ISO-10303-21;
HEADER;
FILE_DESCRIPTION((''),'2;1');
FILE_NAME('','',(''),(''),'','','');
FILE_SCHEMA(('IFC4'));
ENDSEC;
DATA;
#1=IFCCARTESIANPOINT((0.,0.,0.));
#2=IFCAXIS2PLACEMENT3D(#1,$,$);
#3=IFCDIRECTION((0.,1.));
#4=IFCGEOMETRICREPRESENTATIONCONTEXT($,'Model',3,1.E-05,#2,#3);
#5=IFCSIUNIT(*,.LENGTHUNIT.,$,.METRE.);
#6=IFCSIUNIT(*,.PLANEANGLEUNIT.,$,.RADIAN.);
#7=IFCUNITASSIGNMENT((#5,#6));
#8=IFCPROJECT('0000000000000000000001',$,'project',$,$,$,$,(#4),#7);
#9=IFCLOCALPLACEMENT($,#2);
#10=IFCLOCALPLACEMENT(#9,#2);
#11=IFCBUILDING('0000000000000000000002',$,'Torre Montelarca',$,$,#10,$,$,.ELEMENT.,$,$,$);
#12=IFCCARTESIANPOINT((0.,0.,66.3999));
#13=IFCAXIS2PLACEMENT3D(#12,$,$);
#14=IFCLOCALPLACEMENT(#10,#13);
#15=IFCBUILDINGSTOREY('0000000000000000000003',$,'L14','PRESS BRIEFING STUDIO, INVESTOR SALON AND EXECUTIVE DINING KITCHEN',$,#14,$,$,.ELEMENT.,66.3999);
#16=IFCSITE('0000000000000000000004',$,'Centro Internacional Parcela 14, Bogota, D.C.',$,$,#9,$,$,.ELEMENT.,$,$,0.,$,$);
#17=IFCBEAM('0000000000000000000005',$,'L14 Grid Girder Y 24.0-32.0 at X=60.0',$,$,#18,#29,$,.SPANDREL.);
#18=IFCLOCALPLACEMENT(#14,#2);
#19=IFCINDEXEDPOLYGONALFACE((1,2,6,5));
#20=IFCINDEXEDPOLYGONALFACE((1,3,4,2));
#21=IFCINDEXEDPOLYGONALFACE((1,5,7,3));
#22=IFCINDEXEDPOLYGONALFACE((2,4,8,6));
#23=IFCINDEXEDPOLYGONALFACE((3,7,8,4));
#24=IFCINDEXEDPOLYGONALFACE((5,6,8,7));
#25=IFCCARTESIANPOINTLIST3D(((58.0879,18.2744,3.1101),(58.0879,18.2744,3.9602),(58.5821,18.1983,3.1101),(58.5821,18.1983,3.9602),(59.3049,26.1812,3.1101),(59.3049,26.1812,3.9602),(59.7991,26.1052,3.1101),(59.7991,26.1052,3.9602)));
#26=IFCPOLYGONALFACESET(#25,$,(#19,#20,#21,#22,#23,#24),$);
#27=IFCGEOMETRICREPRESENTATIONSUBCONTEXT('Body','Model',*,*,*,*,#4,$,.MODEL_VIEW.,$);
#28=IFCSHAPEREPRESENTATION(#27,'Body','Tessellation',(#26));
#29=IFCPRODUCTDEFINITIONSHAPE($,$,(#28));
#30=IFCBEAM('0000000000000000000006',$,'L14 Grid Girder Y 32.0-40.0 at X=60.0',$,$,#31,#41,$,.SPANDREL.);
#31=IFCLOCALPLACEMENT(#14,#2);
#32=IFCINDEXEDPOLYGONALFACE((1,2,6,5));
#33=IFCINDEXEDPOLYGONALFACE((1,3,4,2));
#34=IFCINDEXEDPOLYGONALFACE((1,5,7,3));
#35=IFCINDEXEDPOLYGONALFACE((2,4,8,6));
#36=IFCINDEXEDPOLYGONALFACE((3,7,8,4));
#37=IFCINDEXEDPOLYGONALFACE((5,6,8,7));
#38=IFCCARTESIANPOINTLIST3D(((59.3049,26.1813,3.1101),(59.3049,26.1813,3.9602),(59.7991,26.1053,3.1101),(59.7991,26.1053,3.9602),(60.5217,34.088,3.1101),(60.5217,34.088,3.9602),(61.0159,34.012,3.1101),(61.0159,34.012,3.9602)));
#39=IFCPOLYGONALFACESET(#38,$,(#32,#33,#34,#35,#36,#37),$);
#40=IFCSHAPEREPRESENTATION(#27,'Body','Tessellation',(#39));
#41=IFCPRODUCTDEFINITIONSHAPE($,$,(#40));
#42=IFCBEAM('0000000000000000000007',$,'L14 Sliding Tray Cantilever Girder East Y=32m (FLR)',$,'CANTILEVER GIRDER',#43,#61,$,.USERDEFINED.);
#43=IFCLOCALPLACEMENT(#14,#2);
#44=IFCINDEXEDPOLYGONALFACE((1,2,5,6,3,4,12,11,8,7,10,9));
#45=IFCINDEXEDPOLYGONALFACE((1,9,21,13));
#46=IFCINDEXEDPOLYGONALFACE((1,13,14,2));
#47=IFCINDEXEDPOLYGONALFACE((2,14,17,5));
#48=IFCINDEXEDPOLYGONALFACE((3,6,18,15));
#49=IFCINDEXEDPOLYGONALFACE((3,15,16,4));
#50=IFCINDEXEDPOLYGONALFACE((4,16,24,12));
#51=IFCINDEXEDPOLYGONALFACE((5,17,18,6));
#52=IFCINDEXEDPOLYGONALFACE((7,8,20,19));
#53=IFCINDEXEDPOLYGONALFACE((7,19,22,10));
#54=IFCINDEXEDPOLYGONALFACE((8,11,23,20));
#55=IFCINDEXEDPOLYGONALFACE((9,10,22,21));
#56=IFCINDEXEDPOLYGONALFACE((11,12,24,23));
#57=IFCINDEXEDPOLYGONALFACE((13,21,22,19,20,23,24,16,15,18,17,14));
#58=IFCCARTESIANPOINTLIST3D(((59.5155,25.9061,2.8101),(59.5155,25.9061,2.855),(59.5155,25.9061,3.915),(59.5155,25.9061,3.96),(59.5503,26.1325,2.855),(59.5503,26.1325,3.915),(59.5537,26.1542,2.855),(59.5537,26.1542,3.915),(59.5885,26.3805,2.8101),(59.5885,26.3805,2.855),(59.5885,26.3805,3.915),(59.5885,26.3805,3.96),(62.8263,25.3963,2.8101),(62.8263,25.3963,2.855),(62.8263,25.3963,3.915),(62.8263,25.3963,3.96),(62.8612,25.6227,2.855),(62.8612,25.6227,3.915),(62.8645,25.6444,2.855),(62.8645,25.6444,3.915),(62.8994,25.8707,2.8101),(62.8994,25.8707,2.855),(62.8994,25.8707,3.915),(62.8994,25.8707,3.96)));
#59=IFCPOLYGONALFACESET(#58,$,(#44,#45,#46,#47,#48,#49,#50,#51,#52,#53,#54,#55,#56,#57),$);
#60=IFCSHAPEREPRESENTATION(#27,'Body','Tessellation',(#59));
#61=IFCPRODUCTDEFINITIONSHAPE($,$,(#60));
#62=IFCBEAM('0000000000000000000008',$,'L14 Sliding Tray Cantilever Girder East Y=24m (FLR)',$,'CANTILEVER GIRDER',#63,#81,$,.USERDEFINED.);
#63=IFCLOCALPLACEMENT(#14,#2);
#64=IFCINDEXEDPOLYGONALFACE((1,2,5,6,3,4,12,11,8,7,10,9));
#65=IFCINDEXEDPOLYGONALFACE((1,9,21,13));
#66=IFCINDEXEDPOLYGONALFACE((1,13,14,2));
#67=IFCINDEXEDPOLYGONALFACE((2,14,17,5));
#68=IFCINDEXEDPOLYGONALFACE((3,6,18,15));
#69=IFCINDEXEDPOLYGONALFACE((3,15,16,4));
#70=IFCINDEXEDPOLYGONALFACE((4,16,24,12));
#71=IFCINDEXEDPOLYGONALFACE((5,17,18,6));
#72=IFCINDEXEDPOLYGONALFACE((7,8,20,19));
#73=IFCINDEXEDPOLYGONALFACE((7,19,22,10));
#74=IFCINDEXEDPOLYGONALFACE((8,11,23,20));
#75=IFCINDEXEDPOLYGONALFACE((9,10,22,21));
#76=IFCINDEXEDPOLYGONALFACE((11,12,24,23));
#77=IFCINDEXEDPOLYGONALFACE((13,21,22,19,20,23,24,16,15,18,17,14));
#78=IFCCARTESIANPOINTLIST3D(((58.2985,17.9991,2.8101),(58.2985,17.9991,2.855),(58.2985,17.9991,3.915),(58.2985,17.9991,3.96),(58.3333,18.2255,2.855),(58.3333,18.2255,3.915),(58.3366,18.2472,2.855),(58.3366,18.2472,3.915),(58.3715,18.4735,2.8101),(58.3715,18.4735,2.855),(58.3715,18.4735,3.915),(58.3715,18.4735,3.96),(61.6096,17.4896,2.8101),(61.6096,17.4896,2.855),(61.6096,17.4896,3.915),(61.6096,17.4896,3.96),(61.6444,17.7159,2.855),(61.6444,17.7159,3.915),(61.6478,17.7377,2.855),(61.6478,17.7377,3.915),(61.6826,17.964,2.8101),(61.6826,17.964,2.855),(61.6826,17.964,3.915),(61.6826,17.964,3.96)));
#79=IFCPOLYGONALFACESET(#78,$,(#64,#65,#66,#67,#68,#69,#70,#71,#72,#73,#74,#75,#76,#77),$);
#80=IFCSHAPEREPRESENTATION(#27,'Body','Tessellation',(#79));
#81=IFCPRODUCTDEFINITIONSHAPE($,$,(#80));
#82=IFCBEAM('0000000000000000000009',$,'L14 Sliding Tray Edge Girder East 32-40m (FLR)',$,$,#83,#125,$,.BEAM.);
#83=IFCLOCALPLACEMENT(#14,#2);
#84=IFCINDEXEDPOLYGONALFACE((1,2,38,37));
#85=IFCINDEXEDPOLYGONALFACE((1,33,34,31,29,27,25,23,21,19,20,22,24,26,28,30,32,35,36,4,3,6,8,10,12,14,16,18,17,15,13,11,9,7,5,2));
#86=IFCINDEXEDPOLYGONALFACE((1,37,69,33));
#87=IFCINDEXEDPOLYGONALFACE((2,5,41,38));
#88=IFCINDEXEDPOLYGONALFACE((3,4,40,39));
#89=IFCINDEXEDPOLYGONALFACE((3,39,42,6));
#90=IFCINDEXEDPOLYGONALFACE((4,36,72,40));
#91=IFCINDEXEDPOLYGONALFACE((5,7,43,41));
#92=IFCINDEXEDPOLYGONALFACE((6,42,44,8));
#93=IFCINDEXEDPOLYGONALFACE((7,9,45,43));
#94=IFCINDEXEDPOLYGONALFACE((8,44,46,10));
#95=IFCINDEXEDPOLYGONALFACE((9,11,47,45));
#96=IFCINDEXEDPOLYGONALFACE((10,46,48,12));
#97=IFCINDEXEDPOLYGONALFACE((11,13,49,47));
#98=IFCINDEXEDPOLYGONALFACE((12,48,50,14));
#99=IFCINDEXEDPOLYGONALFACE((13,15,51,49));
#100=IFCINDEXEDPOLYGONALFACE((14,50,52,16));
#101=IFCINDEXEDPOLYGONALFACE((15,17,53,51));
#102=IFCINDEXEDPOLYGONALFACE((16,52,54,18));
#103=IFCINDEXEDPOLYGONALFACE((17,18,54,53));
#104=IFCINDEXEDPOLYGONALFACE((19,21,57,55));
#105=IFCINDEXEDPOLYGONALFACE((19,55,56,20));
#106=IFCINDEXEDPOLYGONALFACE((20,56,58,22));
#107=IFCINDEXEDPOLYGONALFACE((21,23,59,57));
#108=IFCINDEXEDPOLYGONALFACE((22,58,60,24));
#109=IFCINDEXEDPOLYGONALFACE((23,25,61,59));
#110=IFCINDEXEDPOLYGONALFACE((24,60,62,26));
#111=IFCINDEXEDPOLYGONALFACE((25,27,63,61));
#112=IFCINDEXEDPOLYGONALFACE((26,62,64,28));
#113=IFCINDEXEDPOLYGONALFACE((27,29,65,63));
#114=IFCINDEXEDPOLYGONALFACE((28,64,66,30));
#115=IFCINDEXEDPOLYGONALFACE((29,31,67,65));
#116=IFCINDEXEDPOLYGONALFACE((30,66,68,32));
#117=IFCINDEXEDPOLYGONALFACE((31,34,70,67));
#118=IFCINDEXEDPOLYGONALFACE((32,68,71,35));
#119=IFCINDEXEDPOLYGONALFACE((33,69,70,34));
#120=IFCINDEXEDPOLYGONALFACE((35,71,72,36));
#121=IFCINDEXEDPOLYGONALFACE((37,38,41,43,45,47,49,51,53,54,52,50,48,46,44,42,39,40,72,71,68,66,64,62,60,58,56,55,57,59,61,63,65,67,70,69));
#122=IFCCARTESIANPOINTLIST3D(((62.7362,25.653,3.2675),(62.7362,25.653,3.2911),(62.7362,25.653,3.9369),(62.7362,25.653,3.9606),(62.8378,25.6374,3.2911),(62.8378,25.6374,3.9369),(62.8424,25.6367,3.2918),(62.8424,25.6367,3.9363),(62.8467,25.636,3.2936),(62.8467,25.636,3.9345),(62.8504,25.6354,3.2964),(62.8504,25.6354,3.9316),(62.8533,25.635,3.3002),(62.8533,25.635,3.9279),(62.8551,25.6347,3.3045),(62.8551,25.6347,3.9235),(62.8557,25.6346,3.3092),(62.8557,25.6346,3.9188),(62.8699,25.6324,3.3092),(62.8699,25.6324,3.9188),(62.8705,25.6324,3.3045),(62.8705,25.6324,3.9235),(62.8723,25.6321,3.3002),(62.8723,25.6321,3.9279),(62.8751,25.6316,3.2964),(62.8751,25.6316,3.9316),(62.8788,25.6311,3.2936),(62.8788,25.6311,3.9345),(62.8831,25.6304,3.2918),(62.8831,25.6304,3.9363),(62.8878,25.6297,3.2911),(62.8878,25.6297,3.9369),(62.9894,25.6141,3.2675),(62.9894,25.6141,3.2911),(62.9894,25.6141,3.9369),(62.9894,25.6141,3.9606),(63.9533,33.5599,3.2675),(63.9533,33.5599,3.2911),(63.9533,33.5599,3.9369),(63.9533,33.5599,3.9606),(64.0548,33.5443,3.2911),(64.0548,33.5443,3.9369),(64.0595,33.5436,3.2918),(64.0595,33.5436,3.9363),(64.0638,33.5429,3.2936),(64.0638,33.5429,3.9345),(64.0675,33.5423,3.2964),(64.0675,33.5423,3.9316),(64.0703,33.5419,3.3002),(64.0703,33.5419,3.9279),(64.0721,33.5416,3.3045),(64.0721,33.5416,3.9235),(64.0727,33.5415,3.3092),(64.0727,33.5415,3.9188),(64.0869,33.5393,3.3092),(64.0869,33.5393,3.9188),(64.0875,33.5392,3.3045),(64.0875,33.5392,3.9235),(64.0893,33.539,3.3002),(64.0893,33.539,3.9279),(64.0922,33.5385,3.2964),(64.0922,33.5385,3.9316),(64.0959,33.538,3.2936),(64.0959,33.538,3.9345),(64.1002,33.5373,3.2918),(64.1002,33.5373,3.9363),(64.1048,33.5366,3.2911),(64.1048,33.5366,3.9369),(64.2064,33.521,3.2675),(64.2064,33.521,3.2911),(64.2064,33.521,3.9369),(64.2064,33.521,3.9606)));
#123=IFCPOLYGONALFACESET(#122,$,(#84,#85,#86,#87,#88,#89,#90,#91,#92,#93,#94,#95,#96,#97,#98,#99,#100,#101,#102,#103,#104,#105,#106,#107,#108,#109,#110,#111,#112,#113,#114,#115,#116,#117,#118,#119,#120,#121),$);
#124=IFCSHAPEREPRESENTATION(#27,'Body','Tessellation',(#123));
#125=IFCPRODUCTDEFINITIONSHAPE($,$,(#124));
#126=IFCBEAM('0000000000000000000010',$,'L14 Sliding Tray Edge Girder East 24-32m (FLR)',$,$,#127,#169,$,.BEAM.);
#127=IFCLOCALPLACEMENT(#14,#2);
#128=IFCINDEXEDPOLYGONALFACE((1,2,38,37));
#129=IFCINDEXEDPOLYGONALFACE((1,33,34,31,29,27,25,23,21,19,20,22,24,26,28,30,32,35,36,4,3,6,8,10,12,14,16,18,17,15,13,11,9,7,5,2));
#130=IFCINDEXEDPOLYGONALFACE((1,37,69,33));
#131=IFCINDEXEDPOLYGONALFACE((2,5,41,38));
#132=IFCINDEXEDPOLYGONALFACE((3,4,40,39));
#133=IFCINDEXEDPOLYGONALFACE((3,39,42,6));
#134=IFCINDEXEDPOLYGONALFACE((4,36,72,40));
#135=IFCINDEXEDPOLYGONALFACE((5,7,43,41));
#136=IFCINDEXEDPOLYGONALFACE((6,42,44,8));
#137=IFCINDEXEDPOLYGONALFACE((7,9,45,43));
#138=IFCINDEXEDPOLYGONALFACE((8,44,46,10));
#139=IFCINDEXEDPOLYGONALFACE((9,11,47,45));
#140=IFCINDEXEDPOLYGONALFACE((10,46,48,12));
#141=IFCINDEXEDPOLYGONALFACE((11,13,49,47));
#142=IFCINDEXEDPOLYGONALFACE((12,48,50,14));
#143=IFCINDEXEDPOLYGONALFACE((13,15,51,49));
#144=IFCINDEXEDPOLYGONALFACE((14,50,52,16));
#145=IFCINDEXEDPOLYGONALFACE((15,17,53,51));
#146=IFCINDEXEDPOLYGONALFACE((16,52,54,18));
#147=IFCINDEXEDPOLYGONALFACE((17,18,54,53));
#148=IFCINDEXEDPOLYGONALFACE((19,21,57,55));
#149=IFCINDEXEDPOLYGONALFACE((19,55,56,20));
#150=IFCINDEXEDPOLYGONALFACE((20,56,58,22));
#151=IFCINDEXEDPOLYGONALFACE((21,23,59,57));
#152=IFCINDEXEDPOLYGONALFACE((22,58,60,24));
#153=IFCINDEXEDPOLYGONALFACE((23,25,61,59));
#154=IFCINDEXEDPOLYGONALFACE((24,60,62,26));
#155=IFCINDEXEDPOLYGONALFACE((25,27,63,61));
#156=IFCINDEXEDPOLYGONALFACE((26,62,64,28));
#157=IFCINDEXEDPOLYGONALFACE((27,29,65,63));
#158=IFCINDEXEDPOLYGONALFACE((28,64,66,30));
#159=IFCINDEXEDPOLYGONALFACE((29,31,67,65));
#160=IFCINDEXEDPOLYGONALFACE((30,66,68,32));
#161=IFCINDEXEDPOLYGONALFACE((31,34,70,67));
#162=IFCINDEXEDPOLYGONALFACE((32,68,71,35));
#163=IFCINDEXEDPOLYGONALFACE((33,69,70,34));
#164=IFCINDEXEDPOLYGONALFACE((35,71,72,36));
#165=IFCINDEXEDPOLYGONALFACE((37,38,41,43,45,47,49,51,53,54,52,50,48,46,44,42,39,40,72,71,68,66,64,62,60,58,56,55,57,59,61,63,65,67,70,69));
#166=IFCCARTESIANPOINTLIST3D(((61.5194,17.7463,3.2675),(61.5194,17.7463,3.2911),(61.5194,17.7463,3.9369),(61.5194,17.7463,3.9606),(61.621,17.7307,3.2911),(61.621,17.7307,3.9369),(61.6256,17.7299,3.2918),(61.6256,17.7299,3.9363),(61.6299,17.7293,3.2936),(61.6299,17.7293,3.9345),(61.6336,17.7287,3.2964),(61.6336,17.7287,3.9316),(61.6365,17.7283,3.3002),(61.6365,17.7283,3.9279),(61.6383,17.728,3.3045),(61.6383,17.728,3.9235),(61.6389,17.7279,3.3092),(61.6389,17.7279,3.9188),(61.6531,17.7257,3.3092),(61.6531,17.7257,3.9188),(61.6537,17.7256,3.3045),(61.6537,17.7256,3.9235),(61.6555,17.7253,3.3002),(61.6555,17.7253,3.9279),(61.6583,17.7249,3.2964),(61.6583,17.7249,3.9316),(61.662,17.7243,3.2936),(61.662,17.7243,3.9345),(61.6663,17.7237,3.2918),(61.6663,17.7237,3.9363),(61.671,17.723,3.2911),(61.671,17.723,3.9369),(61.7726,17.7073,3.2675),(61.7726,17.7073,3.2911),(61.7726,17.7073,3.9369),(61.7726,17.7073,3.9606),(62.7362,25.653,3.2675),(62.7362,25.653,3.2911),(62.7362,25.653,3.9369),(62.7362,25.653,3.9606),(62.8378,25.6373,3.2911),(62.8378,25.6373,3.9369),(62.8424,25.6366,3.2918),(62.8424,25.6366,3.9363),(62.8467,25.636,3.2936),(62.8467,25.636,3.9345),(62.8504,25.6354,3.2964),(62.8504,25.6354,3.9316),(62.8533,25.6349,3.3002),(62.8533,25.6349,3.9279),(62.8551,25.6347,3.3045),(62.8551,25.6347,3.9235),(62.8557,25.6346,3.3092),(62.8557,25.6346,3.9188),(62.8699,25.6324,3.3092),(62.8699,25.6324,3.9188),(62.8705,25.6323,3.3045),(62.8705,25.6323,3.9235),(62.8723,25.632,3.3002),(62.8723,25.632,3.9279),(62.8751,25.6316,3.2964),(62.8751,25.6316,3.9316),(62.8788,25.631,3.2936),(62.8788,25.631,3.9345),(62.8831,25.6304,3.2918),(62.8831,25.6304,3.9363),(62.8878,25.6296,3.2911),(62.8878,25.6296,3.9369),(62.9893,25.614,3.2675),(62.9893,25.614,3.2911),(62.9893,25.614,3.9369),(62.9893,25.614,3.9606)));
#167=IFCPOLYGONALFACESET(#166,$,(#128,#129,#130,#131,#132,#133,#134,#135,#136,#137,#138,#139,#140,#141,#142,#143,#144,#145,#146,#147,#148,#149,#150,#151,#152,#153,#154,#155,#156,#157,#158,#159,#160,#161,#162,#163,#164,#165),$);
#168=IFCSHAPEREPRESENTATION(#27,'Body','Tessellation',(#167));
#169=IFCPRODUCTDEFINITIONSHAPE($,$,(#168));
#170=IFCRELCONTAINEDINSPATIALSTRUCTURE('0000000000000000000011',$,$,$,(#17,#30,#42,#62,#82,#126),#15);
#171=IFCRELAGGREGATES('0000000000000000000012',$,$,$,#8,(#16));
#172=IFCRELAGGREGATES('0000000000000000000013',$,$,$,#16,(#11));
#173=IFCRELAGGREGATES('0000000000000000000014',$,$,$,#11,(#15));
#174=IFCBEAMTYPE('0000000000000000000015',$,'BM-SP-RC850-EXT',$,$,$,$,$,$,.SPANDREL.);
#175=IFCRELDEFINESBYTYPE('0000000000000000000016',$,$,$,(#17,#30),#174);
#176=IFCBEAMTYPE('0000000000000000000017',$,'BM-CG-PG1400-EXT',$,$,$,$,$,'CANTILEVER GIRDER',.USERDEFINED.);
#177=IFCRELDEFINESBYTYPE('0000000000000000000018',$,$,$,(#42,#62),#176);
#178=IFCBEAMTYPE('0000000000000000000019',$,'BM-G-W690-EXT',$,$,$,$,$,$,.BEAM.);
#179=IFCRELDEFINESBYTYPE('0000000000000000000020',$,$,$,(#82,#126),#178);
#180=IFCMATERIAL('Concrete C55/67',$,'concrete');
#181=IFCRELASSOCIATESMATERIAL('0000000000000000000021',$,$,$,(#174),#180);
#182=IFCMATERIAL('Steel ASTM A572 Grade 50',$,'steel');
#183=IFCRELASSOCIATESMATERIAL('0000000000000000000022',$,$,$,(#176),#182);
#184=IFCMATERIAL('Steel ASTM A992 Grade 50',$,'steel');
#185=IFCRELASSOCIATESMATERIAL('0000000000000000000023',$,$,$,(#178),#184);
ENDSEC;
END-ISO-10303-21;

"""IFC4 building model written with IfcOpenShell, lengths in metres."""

from ifc_helpers import new_model, si_unit, direction, frame, origin, origin_2d, place, context, subcontext, project, spatial, rectangle, i_section, extrude, source, transform, mapped, material, material_profile, profile_set, type_object, element, save


model = new_model("IFC4")

# Units and contexts
model_context = context("Model", 3, precision=1e-05, world=origin(), true_north=direction((0.0, 1.0)))
body_context = subcontext(model_context, "Body", "Model", "MODEL_VIEW")
ifc_project = project(units=[si_unit("LENGTHUNIT", "METRE"), si_unit("PLANEANGLEUNIT", "RADIAN")], contexts=[model_context])

# Site, building, storey
site_placement = place(None, origin())
site = spatial("IfcSite", under=ifc_project, at=site_placement, Name="Centro Internacional Parcela 14, Bogota, D.C.", CompositionType="ELEMENT", RefElevation=0.0)
building_placement = place(site_placement, origin())
building = spatial("IfcBuilding", under=site, at=building_placement, Name="Torre Montelarca", CompositionType="ELEMENT")
storey_placement = place(building_placement, frame((0.0, 0.0, 66.3999)))
storey = spatial("IfcBuildingStorey", under=building, at=storey_placement, Name="L14", Description="PRESS BRIEFING STUDIO, INVESTOR SALON AND EXECUTIVE DINING KITCHEN", CompositionType="ELEMENT", Elevation=66.3999)

# Beams
ifc_material_1 = material(Name="Concrete C55/67", Category="concrete")
ifc_material_profile_1 = material_profile(ifc_material_1, rectangle(XDim=0.5, YDim=0.8501, at=origin_2d()), Name="RCB500X850", Category="concrete")
ifc_profile_set_1 = profile_set([ifc_material_profile_1], Name="Concrete C55/67")
beam_type_1 = type_object("IfcBeamType", Name="BM-SP-RC850-EXT", PredefinedType="SPANDREL", material=ifc_profile_set_1)
shared_shape_1 = source(origin(), body_context, "Body", "SweptSolid", [
    extrude(rectangle(XDim=0.5, YDim=0.8501, at=origin_2d()), origin(), (0.0, 0.0, 1.0), 8.0),
])
beam_1_placement = place(storey_placement, frame((58.335, 18.2363, 3.5352), z_axis=(0.152128, 0.988361, 0.0), x_axis=(-0.988361, 0.152128, 0.0)))
element("IfcBeam", 1, at=beam_1_placement, inside=storey, type_object=beam_type_1, Name="L14 Grid Girder Y 24.0-32.0 at X=60.0", PredefinedType="SPANDREL", context=body_context, shape_type="MappedRepresentation", body=[
    mapped(shared_shape_1, transform((0.0, 0.0, 0.0), scale=1.0)),
])
shared_shape_2 = source(origin(), body_context, "Body", "SweptSolid", [
    extrude(rectangle(XDim=0.5, YDim=0.8501, at=origin_2d()), origin(), (0.0, 0.0, 1.0), 7.9998),
])
beam_2_placement = place(storey_placement, frame((59.552, 26.1433, 3.5352), z_axis=(0.152103, 0.988365, 0.0), x_axis=(-0.988365, 0.152103, 0.0)))
element("IfcBeam", 2, at=beam_2_placement, inside=storey, type_object=beam_type_1, Name="L14 Grid Girder Y 32.0-40.0 at X=60.0", PredefinedType="SPANDREL", context=body_context, shape_type="MappedRepresentation", body=[
    mapped(shared_shape_2, transform((0.0, 0.0, 0.0), scale=1.0)),
])
ifc_material_2 = material(Name="Steel ASTM A572 Grade 50", Category="steel")
ifc_material_profile_2 = material_profile(ifc_material_2, i_section(OverallWidth=0.48, OverallDepth=1.1499, WebThickness=0.022, FlangeThickness=0.0449, at=origin_2d()), Name="PG1150X480X22X45", Category="steel")
ifc_profile_set_2 = profile_set([ifc_material_profile_2], Name="Steel ASTM A572 Grade 50")
beam_type_2 = type_object("IfcBeamType", Name="BM-CG-PG1400-EXT", ElementType="CANTILEVER GIRDER", PredefinedType="USERDEFINED", material=ifc_profile_set_2)
shared_shape_3 = source(origin(), body_context, "Body", "SweptSolid", [
    extrude(i_section(OverallWidth=0.48, OverallDepth=1.1499, WebThickness=0.022, FlangeThickness=0.0449, at=origin_2d()), origin(), (0.0, 0.0, 1.0), 3.3499),
])
beam_3_placement = place(storey_placement, frame((59.552, 26.1433, 3.385), z_axis=(0.988353, -0.152178, 0.0), x_axis=(0.152178, 0.988353, 0.0)))
element("IfcBeam", 3, at=beam_3_placement, inside=storey, type_object=beam_type_2, Name="L14 Sliding Tray Cantilever Girder East Y=32m (FLR)", ObjectType="CANTILEVER GIRDER", PredefinedType="USERDEFINED", context=body_context, shape_type="MappedRepresentation", body=[
    mapped(shared_shape_3, transform((0.0, 0.0, 0.0), scale=1.0)),
])
shared_shape_4 = source(origin(), body_context, "Body", "SweptSolid", [
    extrude(i_section(OverallWidth=0.48, OverallDepth=1.1499, WebThickness=0.022, FlangeThickness=0.0449, at=origin_2d()), origin(), (0.0, 0.0, 1.0), 3.3501),
])
beam_4_placement = place(storey_placement, frame((58.335, 18.2363, 3.385), z_axis=(0.988366, -0.152096, 0.0), x_axis=(0.152096, 0.988366, 0.0)))
element("IfcBeam", 4, at=beam_4_placement, inside=storey, type_object=beam_type_2, Name="L14 Sliding Tray Cantilever Girder East Y=24m (FLR)", ObjectType="CANTILEVER GIRDER", PredefinedType="USERDEFINED", context=body_context, shape_type="MappedRepresentation", body=[
    mapped(shared_shape_4, transform((0.0, 0.0, 0.0), scale=1.0)),
])
ifc_material_3 = material(Name="Steel ASTM A992 Grade 50", Category="steel")
ifc_material_profile_3 = material_profile(ifc_material_3, i_section(OverallWidth=0.2561, OverallDepth=0.6931, WebThickness=0.0144, FlangeThickness=0.0237, FilletRadius=0.0181, at=origin_2d()), Name="W690X170", Category="steel")
ifc_profile_set_3 = profile_set([ifc_material_profile_3], Name="Steel ASTM A992 Grade 50")
beam_type_3 = type_object("IfcBeamType", Name="BM-G-W690-EXT", PredefinedType="BEAM", material=ifc_profile_set_3)
shared_shape_5 = source(origin(), body_context, "Body", "SweptSolid", [
    extrude(i_section(OverallWidth=0.2561, OverallDepth=0.6931, WebThickness=0.0144, FlangeThickness=0.0237, FilletRadius=0.0181, at=origin_2d()), origin(), (0.0, 0.0, 1.0), 8.0),
])
beam_5_placement = place(storey_placement, frame((62.8628, 25.6335, 3.614), z_axis=(0.152128, 0.988361, 0.0), x_axis=(-0.988361, 0.152128, 0.0)))
element("IfcBeam", 5, at=beam_5_placement, inside=storey, type_object=beam_type_3, Name="L14 Sliding Tray Edge Girder East 32-40m (FLR)", PredefinedType="BEAM", context=body_context, shape_type="MappedRepresentation", body=[
    mapped(shared_shape_5, transform((0.0, 0.0, 0.0), scale=1.0)),
])
shared_shape_6 = source(origin(), body_context, "Body", "SweptSolid", [
    extrude(i_section(OverallWidth=0.2561, OverallDepth=0.6931, WebThickness=0.0144, FlangeThickness=0.0237, FilletRadius=0.0181, at=origin_2d()), origin(), (0.0, 0.0, 1.0), 7.9998),
])
beam_6_placement = place(storey_placement, frame((61.646, 17.7268, 3.614), z_axis=(0.152103, 0.988365, 0.0), x_axis=(-0.988365, 0.152103, 0.0)))
element("IfcBeam", 6, at=beam_6_placement, inside=storey, type_object=beam_type_3, Name="L14 Sliding Tray Edge Girder East 24-32m (FLR)", PredefinedType="BEAM", context=body_context, shape_type="MappedRepresentation", body=[
    mapped(shared_shape_6, transform((0.0, 0.0, 0.0), scale=1.0)),
])

save(model, "model.ifc")
